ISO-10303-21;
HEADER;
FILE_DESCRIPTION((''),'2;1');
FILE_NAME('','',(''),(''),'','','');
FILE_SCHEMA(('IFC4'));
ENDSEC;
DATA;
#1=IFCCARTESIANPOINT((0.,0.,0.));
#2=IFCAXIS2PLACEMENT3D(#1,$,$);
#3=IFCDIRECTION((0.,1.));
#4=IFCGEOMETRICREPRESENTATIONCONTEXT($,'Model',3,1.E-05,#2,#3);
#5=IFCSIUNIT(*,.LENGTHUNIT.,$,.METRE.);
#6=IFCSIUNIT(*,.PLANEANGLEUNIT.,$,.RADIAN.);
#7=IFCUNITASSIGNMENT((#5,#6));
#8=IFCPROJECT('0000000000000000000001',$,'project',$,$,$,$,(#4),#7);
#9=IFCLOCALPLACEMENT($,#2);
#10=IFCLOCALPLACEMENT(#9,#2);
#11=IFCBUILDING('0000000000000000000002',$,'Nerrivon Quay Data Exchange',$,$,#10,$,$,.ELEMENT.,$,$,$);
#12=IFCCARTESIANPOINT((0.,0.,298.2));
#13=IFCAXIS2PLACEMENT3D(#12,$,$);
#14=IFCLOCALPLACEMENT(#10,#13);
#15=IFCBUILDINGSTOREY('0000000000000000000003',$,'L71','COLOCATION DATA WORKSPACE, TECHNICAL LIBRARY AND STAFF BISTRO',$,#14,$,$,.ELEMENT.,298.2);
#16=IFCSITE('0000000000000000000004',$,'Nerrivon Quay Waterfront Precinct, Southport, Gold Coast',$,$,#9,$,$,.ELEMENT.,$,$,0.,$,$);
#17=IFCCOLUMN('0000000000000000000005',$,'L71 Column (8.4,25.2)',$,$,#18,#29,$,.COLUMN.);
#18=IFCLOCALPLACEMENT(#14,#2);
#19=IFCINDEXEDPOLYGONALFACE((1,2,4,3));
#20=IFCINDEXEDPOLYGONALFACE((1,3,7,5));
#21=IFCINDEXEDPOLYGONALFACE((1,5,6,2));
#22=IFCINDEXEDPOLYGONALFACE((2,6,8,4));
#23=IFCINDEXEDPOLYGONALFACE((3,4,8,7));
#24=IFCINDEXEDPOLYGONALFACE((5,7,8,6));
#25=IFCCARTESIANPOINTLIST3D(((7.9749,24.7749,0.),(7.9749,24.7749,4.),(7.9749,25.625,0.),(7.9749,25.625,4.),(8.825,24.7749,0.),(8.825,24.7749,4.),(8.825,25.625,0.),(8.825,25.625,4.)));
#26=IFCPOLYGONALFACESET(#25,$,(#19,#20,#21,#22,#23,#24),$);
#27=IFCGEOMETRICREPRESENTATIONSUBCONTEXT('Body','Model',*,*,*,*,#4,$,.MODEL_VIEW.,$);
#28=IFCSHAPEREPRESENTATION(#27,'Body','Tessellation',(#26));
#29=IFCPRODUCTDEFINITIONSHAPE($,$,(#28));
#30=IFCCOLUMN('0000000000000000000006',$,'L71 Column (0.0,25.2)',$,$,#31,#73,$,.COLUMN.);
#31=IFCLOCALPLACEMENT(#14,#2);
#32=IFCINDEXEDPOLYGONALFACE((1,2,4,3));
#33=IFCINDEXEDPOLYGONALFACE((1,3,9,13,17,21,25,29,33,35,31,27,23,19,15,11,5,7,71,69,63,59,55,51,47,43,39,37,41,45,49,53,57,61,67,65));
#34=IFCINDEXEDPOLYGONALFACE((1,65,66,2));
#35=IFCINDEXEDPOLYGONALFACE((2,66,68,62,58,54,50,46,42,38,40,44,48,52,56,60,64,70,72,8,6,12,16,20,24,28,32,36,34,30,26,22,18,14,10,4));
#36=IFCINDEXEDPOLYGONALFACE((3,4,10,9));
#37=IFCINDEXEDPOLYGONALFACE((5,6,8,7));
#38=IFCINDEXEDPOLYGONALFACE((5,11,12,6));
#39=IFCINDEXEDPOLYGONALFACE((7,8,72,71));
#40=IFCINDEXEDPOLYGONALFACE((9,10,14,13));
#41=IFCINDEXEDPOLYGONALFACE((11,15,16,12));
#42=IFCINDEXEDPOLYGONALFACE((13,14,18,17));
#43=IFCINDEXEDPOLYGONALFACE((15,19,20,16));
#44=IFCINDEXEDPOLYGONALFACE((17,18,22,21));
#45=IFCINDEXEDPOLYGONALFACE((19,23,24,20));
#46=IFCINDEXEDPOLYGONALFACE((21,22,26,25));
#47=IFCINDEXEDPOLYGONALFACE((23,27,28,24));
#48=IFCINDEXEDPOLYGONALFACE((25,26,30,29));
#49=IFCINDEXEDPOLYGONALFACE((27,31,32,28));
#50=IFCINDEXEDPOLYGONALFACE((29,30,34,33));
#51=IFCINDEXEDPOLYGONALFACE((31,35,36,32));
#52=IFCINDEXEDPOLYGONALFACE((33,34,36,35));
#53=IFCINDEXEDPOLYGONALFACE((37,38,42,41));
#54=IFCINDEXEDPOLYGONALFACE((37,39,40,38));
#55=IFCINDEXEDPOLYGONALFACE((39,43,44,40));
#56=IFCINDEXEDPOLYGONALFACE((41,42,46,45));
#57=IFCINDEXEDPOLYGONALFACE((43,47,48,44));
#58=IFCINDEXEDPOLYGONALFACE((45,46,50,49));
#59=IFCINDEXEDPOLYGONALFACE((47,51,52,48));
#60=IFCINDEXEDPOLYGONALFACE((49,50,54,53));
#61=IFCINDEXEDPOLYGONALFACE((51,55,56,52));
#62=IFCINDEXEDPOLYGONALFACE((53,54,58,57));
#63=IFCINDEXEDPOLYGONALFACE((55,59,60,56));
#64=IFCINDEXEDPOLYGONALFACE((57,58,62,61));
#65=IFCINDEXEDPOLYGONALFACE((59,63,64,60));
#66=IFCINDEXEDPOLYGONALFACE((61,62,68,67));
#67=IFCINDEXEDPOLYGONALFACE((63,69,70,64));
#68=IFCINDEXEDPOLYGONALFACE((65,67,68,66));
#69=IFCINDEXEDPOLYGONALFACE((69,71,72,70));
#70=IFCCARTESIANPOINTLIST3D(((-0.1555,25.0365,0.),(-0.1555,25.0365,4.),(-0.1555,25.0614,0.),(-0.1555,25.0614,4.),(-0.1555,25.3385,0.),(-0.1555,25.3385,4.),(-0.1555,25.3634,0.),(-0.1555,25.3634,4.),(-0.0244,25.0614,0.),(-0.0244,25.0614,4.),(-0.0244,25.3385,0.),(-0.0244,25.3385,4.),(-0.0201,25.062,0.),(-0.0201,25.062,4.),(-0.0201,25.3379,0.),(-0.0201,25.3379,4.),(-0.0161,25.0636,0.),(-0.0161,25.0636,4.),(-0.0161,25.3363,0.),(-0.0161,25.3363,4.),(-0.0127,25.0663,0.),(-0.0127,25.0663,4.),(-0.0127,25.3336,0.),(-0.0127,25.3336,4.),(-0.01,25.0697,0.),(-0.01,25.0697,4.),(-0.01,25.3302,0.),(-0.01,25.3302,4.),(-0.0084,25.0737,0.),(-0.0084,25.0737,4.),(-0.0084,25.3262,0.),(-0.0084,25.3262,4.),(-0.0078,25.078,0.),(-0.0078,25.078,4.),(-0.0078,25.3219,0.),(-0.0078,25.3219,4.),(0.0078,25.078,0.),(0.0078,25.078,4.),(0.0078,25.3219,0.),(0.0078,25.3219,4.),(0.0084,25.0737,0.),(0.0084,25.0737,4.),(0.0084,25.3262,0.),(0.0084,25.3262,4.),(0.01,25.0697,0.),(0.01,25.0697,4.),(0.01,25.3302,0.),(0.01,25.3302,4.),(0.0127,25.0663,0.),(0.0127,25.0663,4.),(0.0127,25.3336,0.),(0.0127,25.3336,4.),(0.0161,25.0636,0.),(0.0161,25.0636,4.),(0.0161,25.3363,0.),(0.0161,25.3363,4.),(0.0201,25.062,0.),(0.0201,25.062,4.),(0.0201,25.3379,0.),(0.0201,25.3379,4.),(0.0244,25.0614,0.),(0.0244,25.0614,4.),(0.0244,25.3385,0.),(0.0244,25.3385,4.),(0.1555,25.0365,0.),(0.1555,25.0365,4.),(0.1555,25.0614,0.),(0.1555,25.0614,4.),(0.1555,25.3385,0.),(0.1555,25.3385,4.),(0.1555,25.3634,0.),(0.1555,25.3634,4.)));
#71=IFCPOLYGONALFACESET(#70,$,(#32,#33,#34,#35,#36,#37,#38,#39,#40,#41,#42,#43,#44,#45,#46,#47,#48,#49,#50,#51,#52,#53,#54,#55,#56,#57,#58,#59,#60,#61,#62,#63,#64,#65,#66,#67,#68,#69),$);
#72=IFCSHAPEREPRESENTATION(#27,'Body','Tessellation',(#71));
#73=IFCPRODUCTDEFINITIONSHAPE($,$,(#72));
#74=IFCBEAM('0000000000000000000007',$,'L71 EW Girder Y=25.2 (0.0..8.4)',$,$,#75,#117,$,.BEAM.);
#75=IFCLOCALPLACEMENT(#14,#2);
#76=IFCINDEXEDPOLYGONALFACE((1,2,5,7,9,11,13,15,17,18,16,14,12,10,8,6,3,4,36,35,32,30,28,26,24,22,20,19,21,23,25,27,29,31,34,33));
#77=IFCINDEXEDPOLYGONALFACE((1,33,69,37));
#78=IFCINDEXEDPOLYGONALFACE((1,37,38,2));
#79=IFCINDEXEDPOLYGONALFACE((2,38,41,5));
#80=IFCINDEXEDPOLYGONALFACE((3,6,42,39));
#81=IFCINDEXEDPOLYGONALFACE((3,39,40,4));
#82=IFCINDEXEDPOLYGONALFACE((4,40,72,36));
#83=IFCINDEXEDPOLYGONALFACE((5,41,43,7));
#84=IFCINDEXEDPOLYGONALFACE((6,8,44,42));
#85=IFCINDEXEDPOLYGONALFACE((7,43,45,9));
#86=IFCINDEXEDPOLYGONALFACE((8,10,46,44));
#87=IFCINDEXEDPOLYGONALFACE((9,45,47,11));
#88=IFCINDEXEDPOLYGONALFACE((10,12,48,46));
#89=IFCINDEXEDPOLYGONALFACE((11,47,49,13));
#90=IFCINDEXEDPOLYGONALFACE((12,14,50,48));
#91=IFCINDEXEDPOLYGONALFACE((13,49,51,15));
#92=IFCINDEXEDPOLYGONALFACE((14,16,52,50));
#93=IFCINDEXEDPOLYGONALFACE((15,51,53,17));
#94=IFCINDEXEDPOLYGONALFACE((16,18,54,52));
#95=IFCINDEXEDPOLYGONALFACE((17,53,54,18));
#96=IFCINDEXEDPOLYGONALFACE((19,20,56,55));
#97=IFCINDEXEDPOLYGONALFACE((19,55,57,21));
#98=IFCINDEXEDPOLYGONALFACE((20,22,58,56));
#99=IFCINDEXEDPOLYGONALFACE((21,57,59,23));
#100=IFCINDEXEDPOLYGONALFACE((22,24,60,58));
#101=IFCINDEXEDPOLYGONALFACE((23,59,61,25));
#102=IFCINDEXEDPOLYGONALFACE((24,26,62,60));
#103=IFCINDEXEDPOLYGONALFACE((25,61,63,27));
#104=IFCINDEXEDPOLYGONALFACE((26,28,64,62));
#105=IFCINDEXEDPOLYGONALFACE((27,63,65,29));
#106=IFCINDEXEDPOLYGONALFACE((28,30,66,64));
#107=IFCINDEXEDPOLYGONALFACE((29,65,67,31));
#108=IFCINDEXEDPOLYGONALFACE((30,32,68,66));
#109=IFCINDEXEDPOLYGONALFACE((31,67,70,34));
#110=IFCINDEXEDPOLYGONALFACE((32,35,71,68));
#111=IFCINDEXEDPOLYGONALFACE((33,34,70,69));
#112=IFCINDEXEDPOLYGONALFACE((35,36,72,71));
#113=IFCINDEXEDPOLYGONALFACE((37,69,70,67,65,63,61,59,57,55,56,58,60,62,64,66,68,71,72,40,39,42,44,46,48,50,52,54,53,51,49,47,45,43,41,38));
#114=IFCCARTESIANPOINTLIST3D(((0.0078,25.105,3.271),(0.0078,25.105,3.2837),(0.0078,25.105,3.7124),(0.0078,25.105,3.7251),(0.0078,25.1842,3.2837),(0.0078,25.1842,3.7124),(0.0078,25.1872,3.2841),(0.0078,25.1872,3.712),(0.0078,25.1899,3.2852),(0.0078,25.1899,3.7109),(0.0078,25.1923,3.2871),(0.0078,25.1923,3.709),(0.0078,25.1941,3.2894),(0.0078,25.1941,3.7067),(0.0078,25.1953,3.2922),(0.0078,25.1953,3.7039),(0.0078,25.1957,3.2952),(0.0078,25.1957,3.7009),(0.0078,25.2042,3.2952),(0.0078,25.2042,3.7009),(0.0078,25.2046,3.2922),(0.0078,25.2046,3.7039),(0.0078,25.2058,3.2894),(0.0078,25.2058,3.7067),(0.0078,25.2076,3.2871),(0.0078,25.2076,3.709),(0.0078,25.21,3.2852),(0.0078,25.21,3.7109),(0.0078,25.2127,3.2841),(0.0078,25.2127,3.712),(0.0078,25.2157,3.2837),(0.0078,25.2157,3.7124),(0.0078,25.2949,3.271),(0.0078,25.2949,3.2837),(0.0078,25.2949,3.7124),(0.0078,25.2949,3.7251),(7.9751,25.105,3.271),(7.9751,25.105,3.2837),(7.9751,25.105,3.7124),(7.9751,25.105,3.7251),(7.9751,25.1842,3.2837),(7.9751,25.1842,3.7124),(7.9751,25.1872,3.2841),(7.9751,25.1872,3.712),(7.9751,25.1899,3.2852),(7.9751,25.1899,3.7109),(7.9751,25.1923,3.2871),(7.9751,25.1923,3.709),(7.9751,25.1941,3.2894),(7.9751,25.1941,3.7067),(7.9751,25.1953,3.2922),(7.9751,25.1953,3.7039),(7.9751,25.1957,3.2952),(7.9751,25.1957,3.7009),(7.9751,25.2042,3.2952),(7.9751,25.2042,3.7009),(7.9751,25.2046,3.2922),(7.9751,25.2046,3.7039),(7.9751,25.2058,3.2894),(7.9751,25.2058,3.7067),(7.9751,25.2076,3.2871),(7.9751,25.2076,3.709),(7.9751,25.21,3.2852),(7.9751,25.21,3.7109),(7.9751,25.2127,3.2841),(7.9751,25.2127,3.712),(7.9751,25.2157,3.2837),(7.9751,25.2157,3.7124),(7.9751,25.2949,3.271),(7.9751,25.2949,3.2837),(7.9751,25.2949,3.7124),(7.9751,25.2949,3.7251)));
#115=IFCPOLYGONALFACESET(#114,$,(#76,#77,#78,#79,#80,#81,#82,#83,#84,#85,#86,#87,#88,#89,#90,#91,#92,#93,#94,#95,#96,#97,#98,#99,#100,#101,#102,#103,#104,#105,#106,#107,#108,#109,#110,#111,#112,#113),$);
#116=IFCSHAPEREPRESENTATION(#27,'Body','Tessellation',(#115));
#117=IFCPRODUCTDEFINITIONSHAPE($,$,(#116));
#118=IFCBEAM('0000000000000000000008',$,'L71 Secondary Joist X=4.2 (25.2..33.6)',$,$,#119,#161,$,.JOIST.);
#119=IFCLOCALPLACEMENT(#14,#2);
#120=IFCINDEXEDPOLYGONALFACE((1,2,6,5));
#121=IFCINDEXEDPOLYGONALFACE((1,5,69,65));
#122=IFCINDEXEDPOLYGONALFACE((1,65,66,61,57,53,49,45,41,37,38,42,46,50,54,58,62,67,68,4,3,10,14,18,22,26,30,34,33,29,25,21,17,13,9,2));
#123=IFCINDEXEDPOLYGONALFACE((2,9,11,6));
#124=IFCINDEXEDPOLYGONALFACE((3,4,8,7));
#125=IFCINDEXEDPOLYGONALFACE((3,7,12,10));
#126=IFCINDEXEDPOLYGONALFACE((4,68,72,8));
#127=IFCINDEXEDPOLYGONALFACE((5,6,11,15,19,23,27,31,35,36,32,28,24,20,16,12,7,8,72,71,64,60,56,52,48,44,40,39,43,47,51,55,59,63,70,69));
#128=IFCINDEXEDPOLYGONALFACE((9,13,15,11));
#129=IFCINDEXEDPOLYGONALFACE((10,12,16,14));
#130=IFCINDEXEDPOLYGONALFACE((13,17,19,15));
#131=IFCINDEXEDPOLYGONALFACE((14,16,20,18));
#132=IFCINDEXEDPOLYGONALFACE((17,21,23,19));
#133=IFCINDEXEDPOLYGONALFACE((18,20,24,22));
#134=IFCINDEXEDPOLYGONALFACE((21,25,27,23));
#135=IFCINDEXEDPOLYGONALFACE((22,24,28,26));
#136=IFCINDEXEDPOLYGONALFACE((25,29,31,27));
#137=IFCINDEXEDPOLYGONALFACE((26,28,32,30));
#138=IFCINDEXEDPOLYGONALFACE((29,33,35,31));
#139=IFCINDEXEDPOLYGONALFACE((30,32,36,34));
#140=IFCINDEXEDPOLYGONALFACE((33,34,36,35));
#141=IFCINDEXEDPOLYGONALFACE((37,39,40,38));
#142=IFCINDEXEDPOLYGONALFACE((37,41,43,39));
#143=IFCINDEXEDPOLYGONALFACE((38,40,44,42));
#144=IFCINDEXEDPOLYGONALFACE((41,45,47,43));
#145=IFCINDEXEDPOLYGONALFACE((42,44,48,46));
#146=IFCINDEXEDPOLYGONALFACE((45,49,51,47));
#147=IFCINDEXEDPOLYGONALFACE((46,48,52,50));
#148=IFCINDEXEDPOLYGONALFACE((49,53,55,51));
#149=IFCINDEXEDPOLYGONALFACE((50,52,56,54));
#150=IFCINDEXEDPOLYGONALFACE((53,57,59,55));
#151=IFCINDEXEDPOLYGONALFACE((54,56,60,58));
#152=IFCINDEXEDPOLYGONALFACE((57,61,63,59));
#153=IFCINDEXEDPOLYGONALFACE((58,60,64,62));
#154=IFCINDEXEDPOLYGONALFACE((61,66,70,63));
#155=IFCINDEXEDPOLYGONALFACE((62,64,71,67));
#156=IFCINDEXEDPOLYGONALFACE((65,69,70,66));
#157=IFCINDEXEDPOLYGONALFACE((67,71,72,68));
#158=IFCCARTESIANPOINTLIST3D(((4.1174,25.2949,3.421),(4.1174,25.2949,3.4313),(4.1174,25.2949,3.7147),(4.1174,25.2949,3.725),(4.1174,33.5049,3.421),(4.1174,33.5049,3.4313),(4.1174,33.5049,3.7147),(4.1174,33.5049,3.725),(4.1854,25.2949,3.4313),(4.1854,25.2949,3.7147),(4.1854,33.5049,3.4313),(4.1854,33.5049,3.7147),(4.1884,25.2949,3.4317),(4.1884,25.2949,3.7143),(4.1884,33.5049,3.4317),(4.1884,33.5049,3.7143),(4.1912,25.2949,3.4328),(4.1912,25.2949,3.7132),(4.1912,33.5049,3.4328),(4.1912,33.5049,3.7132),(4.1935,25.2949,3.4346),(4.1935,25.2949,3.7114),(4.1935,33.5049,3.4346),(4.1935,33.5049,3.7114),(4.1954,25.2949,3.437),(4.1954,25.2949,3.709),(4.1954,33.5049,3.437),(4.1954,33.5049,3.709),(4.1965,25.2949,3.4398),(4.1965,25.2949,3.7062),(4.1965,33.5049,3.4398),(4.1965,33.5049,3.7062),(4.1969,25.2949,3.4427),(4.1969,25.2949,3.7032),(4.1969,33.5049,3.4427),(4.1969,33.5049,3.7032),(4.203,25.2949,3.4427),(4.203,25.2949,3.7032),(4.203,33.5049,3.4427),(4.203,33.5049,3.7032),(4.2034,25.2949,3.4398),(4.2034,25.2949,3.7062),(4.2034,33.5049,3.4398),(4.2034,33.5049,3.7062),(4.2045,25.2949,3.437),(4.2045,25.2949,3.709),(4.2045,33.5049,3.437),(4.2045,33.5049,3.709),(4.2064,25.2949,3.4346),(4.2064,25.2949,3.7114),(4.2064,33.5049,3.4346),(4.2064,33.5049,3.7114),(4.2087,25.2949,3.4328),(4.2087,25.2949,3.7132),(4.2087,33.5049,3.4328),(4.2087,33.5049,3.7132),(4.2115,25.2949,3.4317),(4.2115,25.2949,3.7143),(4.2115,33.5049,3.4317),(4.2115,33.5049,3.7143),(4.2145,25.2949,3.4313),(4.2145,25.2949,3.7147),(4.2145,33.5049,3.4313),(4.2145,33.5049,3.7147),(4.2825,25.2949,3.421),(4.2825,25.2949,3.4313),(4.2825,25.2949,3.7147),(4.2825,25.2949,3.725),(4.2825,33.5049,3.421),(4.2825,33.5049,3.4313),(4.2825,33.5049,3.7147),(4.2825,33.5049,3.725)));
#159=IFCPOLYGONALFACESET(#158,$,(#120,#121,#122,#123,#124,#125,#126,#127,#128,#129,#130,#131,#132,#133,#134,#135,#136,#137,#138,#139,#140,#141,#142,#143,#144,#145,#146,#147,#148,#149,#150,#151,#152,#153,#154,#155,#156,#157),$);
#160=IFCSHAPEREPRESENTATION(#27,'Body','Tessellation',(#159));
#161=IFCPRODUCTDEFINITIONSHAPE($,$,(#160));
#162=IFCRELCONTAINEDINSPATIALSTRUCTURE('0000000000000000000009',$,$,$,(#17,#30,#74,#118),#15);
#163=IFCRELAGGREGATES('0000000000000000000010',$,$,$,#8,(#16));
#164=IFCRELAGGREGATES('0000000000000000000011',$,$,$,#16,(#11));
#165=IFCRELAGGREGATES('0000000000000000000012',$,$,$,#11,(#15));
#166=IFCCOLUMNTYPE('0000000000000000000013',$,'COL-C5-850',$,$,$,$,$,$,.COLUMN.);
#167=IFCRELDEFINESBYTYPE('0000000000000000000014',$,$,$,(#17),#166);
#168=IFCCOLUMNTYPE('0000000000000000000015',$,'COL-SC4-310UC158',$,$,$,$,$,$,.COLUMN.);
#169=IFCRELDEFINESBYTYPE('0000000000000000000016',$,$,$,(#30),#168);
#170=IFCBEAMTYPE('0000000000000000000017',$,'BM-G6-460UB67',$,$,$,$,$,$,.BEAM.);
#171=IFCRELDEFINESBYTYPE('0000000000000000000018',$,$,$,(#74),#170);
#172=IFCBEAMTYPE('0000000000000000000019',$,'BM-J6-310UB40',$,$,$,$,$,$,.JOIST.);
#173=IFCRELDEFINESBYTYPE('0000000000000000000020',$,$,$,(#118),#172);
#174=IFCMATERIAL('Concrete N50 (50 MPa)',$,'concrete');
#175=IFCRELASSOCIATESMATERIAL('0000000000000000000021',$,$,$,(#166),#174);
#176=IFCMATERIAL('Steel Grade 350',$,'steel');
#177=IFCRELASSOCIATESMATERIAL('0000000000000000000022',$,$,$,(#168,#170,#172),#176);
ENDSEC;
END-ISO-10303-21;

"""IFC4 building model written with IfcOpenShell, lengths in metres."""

from ifc_helpers import new_model, si_unit, direction, frame, origin, origin_2d, place, context, subcontext, project, spatial, rectangle, i_section, extrude, material, material_profile, profile_set, type_object, element, save


model = new_model("IFC4")

# Units and contexts
model_context = context("Model", 3, precision=1e-05, world=origin(), true_north=direction((0.0, 1.0)))
body_context = subcontext(model_context, "Body", "Model", "MODEL_VIEW")
ifc_project = project(units=[si_unit("LENGTHUNIT", "METRE"), si_unit("PLANEANGLEUNIT", "RADIAN")], contexts=[model_context])

# Site, building, storey
site_placement = place(None, origin())
site = spatial("IfcSite", under=ifc_project, at=site_placement, Name="Nerrivon Quay Waterfront Precinct, Southport, Gold Coast", CompositionType="ELEMENT", RefElevation=0.0)
building_placement = place(site_placement, origin())
building = spatial("IfcBuilding", under=site, at=building_placement, Name="Nerrivon Quay Data Exchange", CompositionType="ELEMENT")
storey_placement = place(building_placement, frame((0.0, 0.0, 298.2)))
storey = spatial("IfcBuildingStorey", under=building, at=storey_placement, Name="L71", Description="COLOCATION DATA WORKSPACE, TECHNICAL LIBRARY AND STAFF BISTRO", CompositionType="ELEMENT", Elevation=298.2)

# Columns
ifc_material_1 = material(Name="Concrete N50 (50 MPa)", Category="concrete")
ifc_material_profile_1 = material_profile(ifc_material_1, rectangle(XDim=0.8501, YDim=0.8501, at=origin_2d()), Name="RC-COL-850x850")
ifc_profile_set_1 = profile_set([ifc_material_profile_1], Name="Concrete N50 (50 MPa)")
column_type_1 = type_object("IfcColumnType", Name="COL-C5-850", PredefinedType="COLUMN", material=ifc_profile_set_1)
column_1_placement = place(storey_placement, frame((8.3999, 25.2, 0.0), z_axis=(0.0, 0.0, 1.0), x_axis=(1.0, 0.0, 0.0)))
element("IfcColumn", 1, at=column_1_placement, inside=storey, type_object=column_type_1, Name="L71 Column (8.4,25.2)", PredefinedType="COLUMN", context=body_context, shape_type="SweptSolid", body=[
    extrude(rectangle(XDim=0.8501, YDim=0.8501, at=origin_2d()), origin(), (0.0, 0.0, 1.0), 4.0),
])
ifc_material_2 = material(Name="Steel Grade 350", Category="steel")
ifc_material_profile_2 = material_profile(ifc_material_2, i_section(OverallWidth=0.311, OverallDepth=0.3269, WebThickness=0.0156, FlangeThickness=0.0249, FilletRadius=0.0166, at=origin_2d()), Name="310UC158")
ifc_profile_set_2 = profile_set([ifc_material_profile_2], Name="Steel Grade 350")
column_type_2 = type_object("IfcColumnType", Name="COL-SC4-310UC158", PredefinedType="COLUMN", material=ifc_profile_set_2)
column_2_placement = place(storey_placement, frame((0.0, 25.2, 0.0), z_axis=(0.0, 0.0, 1.0), x_axis=(1.0, 0.0, 0.0)))
element("IfcColumn", 2, at=column_2_placement, inside=storey, type_object=column_type_2, Name="L71 Column (0.0,25.2)", PredefinedType="COLUMN", context=body_context, shape_type="SweptSolid", body=[
    extrude(i_section(OverallWidth=0.311, OverallDepth=0.3269, WebThickness=0.0156, FlangeThickness=0.0249, FilletRadius=0.0166, at=origin_2d()), origin(), (0.0, 0.0, 1.0), 4.0),
])

# Beams
ifc_material_profile_3 = material_profile(ifc_material_2, i_section(OverallWidth=0.1899, OverallDepth=0.4541, WebThickness=0.0085, FlangeThickness=0.0127, FilletRadius=0.0115, at=origin_2d()), Name="460UB67.1")
ifc_profile_set_3 = profile_set([ifc_material_profile_3], Name="Steel Grade 350")
beam_type_1 = type_object("IfcBeamType", Name="BM-G6-460UB67", PredefinedType="BEAM", material=ifc_profile_set_3)
beam_1_placement = place(storey_placement, frame((0.0078, 25.2, 3.498), z_axis=(1.0, 0.0, 0.0), x_axis=(0.0, 1.0, 0.0)))
element("IfcBeam", 3, at=beam_1_placement, inside=storey, type_object=beam_type_1, Name="L71 EW Girder Y=25.2 (0.0..8.4)", PredefinedType="BEAM", context=body_context, shape_type="SweptSolid", body=[
    extrude(i_section(OverallWidth=0.1899, OverallDepth=0.4541, WebThickness=0.0085, FlangeThickness=0.0127, FilletRadius=0.0115, at=origin_2d()), origin(), (0.0, 0.0, 1.0), 7.9673),
])
ifc_material_profile_4 = material_profile(ifc_material_2, i_section(OverallWidth=0.165, OverallDepth=0.304, WebThickness=0.0061, FlangeThickness=0.0103, FilletRadius=0.0115, at=origin_2d()), Name="310UB40.4")
ifc_profile_set_4 = profile_set([ifc_material_profile_4], Name="Steel Grade 350")
beam_type_2 = type_object("IfcBeamType", Name="BM-J6-310UB40", PredefinedType="JOIST", material=ifc_profile_set_4)
beam_2_placement = place(storey_placement, frame((4.2, 25.2949, 3.573), z_axis=(0.0, 1.0, 0.0), x_axis=(-1.0, 0.0, 0.0)))
element("IfcBeam", 4, at=beam_2_placement, inside=storey, type_object=beam_type_2, Name="L71 Secondary Joist X=4.2 (25.2..33.6)", PredefinedType="JOIST", context=body_context, shape_type="SweptSolid", body=[
    extrude(i_section(OverallWidth=0.165, OverallDepth=0.304, WebThickness=0.0061, FlangeThickness=0.0103, FilletRadius=0.0115, at=origin_2d()), origin(), (0.0, 0.0, 1.0), 8.21),
])

save(model, "model.ifc")
